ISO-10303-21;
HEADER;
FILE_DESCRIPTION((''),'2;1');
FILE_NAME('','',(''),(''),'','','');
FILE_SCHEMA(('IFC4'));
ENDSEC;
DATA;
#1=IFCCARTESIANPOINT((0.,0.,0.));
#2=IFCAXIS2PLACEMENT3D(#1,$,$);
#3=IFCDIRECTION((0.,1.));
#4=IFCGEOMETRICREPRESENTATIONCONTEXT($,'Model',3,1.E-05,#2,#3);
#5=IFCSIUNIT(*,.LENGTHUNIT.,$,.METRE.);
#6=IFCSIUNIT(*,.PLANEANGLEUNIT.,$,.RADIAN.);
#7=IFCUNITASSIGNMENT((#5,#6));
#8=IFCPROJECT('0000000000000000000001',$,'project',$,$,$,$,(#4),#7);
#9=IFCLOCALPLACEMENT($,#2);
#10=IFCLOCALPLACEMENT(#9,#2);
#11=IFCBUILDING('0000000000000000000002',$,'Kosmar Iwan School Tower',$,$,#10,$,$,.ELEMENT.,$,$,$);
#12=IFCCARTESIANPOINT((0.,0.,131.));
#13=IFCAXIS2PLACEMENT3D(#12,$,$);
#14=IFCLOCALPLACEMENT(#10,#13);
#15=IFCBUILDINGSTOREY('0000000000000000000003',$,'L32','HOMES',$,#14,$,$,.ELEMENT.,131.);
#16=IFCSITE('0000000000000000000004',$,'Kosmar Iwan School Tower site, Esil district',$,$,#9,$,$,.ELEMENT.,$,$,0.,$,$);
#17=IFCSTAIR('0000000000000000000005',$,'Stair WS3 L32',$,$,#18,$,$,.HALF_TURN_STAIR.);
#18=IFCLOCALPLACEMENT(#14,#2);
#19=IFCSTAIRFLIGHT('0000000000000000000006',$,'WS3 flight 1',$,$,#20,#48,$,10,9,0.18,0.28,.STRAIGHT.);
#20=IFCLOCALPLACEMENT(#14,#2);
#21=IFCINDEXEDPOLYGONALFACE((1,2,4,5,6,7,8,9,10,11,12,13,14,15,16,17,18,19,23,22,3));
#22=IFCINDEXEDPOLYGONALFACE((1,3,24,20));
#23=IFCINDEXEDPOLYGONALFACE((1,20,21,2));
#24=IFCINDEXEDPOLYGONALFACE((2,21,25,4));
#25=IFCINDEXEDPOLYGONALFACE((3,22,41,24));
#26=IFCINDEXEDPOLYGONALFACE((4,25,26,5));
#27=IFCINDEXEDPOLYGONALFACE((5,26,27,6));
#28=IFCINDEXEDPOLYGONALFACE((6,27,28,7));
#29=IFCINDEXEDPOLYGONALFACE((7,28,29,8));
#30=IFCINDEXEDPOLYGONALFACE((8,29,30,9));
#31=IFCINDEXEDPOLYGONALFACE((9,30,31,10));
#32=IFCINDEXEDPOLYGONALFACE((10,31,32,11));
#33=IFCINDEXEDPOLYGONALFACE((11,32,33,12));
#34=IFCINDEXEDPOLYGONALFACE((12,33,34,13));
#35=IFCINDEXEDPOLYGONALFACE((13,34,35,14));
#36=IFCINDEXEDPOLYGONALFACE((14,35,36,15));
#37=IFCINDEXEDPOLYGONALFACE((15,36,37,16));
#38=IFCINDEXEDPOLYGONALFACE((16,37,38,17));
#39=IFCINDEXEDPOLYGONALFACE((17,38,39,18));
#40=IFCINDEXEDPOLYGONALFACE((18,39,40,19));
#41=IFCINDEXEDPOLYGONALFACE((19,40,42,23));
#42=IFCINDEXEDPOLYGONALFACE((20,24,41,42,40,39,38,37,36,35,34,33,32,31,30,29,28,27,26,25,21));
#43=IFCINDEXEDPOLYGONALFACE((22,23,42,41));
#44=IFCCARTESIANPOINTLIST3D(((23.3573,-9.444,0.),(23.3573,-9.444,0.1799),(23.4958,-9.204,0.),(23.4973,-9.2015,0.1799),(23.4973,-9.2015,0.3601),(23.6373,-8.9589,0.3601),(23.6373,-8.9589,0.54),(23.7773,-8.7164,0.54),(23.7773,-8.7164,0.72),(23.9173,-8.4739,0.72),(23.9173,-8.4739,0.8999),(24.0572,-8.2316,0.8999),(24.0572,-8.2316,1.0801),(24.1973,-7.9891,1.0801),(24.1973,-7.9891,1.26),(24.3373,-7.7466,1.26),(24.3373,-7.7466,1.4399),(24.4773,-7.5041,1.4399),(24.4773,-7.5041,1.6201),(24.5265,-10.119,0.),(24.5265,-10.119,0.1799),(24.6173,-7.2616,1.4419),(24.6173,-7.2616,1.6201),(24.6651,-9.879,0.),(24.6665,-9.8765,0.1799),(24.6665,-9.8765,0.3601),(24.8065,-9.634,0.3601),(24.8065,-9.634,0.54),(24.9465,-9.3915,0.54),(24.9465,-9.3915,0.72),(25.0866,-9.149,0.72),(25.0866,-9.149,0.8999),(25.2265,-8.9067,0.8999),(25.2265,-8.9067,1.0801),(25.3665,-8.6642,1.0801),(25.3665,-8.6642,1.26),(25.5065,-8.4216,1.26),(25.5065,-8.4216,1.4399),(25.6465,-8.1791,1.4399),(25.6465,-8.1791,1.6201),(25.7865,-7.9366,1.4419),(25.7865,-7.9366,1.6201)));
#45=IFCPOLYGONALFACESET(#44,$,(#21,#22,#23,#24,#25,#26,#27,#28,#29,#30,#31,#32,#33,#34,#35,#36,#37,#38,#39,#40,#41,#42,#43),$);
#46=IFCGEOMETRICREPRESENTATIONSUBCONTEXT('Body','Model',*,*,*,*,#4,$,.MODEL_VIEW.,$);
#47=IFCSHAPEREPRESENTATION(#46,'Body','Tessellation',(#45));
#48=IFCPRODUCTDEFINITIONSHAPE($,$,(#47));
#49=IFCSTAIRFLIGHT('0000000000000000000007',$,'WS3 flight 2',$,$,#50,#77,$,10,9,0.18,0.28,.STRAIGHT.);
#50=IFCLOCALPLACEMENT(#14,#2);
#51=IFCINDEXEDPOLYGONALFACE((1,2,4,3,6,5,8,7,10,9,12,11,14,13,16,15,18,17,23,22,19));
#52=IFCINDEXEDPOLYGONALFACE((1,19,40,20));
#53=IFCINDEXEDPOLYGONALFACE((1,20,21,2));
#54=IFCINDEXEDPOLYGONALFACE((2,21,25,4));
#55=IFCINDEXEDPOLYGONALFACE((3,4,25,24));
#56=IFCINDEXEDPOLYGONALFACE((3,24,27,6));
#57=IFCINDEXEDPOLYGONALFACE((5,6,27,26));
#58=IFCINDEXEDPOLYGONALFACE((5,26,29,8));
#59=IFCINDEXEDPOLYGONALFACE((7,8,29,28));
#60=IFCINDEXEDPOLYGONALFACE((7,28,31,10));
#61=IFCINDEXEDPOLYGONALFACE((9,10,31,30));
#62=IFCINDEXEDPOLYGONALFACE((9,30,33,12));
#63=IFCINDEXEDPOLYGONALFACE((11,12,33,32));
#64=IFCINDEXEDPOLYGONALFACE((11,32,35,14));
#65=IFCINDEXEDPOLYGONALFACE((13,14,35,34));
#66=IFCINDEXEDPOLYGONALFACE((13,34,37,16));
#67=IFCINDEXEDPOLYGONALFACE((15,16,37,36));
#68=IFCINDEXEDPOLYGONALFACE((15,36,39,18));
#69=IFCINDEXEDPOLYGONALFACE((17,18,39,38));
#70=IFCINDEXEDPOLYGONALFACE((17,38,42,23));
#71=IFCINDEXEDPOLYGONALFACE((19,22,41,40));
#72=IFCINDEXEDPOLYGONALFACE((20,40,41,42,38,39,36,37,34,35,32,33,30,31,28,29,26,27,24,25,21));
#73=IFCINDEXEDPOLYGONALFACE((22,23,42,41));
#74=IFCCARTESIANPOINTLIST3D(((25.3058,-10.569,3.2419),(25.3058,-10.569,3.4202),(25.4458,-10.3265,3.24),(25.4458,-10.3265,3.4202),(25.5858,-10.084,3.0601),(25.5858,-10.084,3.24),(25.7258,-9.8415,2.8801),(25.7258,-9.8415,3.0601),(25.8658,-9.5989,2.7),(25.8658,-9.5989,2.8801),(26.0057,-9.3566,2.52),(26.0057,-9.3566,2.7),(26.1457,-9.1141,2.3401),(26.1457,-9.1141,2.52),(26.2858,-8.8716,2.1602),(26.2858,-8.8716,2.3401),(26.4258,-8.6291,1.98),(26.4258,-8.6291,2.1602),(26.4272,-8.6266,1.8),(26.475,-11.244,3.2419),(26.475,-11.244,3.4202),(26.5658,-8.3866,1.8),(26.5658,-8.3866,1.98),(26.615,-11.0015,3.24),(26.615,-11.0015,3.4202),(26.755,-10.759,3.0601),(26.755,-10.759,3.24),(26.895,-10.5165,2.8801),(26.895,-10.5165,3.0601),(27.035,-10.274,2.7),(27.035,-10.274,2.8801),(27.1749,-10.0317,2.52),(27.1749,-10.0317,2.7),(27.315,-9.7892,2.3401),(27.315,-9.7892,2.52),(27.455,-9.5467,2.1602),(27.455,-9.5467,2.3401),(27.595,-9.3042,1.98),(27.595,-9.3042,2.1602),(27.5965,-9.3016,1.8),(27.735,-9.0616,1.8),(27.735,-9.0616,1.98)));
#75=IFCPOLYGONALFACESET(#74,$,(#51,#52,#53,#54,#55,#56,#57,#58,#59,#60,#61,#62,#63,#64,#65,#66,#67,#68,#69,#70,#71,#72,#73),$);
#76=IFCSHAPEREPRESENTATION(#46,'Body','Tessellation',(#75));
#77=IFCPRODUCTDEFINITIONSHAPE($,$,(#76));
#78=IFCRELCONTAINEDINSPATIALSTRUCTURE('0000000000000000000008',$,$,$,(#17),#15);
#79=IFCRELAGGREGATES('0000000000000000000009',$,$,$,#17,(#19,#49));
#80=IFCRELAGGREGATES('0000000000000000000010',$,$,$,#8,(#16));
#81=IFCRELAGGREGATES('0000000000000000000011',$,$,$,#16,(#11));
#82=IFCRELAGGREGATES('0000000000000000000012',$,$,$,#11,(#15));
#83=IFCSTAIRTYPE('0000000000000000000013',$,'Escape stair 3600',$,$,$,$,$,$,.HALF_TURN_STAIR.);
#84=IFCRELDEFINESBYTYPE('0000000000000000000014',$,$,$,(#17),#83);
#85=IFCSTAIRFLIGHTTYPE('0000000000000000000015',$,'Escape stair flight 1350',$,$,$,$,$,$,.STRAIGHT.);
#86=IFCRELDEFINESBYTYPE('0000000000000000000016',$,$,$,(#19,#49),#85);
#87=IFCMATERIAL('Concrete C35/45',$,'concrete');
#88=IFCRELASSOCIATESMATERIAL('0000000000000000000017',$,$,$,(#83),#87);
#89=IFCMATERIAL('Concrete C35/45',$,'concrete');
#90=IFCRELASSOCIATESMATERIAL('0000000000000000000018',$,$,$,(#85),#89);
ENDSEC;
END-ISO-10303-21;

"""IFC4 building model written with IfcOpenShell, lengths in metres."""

from ifc_helpers import new_model, si_unit, direction, frame, origin, place, context, subcontext, project, spatial, polyline, outline, extrude, material, type_object, element, aggregate, save


model = new_model("IFC4")

# Units and contexts
model_context = context("Model", 3, precision=1e-05, world=origin(), true_north=direction((0.0, 1.0)))
body_context = subcontext(model_context, "Body", "Model", "MODEL_VIEW")
ifc_project = project(units=[si_unit("LENGTHUNIT", "METRE"), si_unit("PLANEANGLEUNIT", "RADIAN")], contexts=[model_context])

# Site, building, storey
site_placement = place(None, origin())
site = spatial("IfcSite", under=ifc_project, at=site_placement, Name="Kosmar Iwan School Tower site, Esil district", CompositionType="ELEMENT", RefElevation=0.0)
building_placement = place(site_placement, origin())
building = spatial("IfcBuilding", under=site, at=building_placement, Name="Kosmar Iwan School Tower", CompositionType="ELEMENT")
storey_placement = place(building_placement, frame((0.0, 0.0, 131.0)))
storey = spatial("IfcBuildingStorey", under=building, at=storey_placement, Name="L32", Description="HOMES", CompositionType="ELEMENT", Elevation=131.0)

# Stair, stair flights
ifc_material_1 = material(Name="Concrete C35/45", Category="concrete")
stair_type = type_object("IfcStairType", Name="Escape stair 3600", PredefinedType="HALF_TURN_STAIR", material=ifc_material_1)
stair_placement = place(storey_placement, origin())
stair = element("IfcStair", 1, at=stair_placement, inside=storey, type_object=stair_type, Name="Stair WS3 L32", PredefinedType="HALF_TURN_STAIR")
ifc_material_2 = material(Name="Concrete C35/45", Category="concrete")
stair_flight_type = type_object("IfcStairFlightType", Name="Escape stair flight 1350", PredefinedType="STRAIGHT", material=ifc_material_2)
stair_flight_1_placement = place(storey_placement, frame((23.9419, -9.7815, 0.0), z_axis=(0.0, 0.0, 1.0), x_axis=(0.5, 0.866025, 0.0)))
stair_flight_1 = element("IfcStairFlight", 2, at=stair_flight_1_placement, type_object=stair_flight_type, Name="WS3 flight 1", NumberOfRisers=10, NumberOfTreads=9, PredefinedType="STRAIGHT", RiserHeight=0.18, TreadLength=0.28, context=body_context, shape_type="SweptSolid", body=[
    extrude(outline(polyline([(0.0, 0.0), (0.0, 0.1799), (0.28, 0.1799), (0.28, 0.3601), (0.5601, 0.3601), (0.5601, 0.54), (0.8401, 0.54), (0.8401, 0.72), (1.1201, 0.72), (1.1201, 0.8999), (1.3999, 0.8999), (1.3999, 1.0801), (1.6799, 1.0801), (1.6799, 1.26), (1.96, 1.26), (1.96, 1.4399), (2.24, 1.4399), (2.24, 1.6201), (2.52, 1.6201), (2.52, 1.8), (2.52, 1.4419), (0.2771, 0.0), (0.0, 0.0)])), frame((0.0, 0.675, 0.0), z_axis=(0.0, -1.0, 0.0), x_axis=(1.0, 0.0, 0.0)), (0.0, 0.0, 1.0), 1.3501),
])
stair_flight_2_placement = place(storey_placement, frame((27.1504, -8.7241, 1.8), z_axis=(0.0, 0.0, 1.0), x_axis=(-0.5, -0.866025, 0.0)))
stair_flight_2 = element("IfcStairFlight", 3, at=stair_flight_2_placement, type_object=stair_flight_type, Name="WS3 flight 2", NumberOfRisers=10, NumberOfTreads=9, PredefinedType="STRAIGHT", RiserHeight=0.18, TreadLength=0.28, context=body_context, shape_type="SweptSolid", body=[
    extrude(outline(polyline([(0.0, 0.0), (0.0, 0.1799), (0.28, 0.1799), (0.28, 0.3601), (0.5601, 0.3601), (0.5601, 0.54), (0.8401, 0.54), (0.8401, 0.72), (1.1201, 0.72), (1.1201, 0.8999), (1.3999, 0.8999), (1.3999, 1.0801), (1.6799, 1.0801), (1.6799, 1.26), (1.96, 1.26), (1.96, 1.4399), (2.24, 1.4399), (2.24, 1.6201), (2.52, 1.6201), (2.52, 1.8), (2.52, 1.4419), (0.2771, 0.0), (0.0, 0.0)])), frame((0.0, 0.675, 0.0), z_axis=(0.0, -1.0, 0.0), x_axis=(1.0, 0.0, 0.0)), (0.0, 0.0, 1.0), 1.3501),
])
aggregate(stair, [stair_flight_1, stair_flight_2])

save(model, "model.ifc")
